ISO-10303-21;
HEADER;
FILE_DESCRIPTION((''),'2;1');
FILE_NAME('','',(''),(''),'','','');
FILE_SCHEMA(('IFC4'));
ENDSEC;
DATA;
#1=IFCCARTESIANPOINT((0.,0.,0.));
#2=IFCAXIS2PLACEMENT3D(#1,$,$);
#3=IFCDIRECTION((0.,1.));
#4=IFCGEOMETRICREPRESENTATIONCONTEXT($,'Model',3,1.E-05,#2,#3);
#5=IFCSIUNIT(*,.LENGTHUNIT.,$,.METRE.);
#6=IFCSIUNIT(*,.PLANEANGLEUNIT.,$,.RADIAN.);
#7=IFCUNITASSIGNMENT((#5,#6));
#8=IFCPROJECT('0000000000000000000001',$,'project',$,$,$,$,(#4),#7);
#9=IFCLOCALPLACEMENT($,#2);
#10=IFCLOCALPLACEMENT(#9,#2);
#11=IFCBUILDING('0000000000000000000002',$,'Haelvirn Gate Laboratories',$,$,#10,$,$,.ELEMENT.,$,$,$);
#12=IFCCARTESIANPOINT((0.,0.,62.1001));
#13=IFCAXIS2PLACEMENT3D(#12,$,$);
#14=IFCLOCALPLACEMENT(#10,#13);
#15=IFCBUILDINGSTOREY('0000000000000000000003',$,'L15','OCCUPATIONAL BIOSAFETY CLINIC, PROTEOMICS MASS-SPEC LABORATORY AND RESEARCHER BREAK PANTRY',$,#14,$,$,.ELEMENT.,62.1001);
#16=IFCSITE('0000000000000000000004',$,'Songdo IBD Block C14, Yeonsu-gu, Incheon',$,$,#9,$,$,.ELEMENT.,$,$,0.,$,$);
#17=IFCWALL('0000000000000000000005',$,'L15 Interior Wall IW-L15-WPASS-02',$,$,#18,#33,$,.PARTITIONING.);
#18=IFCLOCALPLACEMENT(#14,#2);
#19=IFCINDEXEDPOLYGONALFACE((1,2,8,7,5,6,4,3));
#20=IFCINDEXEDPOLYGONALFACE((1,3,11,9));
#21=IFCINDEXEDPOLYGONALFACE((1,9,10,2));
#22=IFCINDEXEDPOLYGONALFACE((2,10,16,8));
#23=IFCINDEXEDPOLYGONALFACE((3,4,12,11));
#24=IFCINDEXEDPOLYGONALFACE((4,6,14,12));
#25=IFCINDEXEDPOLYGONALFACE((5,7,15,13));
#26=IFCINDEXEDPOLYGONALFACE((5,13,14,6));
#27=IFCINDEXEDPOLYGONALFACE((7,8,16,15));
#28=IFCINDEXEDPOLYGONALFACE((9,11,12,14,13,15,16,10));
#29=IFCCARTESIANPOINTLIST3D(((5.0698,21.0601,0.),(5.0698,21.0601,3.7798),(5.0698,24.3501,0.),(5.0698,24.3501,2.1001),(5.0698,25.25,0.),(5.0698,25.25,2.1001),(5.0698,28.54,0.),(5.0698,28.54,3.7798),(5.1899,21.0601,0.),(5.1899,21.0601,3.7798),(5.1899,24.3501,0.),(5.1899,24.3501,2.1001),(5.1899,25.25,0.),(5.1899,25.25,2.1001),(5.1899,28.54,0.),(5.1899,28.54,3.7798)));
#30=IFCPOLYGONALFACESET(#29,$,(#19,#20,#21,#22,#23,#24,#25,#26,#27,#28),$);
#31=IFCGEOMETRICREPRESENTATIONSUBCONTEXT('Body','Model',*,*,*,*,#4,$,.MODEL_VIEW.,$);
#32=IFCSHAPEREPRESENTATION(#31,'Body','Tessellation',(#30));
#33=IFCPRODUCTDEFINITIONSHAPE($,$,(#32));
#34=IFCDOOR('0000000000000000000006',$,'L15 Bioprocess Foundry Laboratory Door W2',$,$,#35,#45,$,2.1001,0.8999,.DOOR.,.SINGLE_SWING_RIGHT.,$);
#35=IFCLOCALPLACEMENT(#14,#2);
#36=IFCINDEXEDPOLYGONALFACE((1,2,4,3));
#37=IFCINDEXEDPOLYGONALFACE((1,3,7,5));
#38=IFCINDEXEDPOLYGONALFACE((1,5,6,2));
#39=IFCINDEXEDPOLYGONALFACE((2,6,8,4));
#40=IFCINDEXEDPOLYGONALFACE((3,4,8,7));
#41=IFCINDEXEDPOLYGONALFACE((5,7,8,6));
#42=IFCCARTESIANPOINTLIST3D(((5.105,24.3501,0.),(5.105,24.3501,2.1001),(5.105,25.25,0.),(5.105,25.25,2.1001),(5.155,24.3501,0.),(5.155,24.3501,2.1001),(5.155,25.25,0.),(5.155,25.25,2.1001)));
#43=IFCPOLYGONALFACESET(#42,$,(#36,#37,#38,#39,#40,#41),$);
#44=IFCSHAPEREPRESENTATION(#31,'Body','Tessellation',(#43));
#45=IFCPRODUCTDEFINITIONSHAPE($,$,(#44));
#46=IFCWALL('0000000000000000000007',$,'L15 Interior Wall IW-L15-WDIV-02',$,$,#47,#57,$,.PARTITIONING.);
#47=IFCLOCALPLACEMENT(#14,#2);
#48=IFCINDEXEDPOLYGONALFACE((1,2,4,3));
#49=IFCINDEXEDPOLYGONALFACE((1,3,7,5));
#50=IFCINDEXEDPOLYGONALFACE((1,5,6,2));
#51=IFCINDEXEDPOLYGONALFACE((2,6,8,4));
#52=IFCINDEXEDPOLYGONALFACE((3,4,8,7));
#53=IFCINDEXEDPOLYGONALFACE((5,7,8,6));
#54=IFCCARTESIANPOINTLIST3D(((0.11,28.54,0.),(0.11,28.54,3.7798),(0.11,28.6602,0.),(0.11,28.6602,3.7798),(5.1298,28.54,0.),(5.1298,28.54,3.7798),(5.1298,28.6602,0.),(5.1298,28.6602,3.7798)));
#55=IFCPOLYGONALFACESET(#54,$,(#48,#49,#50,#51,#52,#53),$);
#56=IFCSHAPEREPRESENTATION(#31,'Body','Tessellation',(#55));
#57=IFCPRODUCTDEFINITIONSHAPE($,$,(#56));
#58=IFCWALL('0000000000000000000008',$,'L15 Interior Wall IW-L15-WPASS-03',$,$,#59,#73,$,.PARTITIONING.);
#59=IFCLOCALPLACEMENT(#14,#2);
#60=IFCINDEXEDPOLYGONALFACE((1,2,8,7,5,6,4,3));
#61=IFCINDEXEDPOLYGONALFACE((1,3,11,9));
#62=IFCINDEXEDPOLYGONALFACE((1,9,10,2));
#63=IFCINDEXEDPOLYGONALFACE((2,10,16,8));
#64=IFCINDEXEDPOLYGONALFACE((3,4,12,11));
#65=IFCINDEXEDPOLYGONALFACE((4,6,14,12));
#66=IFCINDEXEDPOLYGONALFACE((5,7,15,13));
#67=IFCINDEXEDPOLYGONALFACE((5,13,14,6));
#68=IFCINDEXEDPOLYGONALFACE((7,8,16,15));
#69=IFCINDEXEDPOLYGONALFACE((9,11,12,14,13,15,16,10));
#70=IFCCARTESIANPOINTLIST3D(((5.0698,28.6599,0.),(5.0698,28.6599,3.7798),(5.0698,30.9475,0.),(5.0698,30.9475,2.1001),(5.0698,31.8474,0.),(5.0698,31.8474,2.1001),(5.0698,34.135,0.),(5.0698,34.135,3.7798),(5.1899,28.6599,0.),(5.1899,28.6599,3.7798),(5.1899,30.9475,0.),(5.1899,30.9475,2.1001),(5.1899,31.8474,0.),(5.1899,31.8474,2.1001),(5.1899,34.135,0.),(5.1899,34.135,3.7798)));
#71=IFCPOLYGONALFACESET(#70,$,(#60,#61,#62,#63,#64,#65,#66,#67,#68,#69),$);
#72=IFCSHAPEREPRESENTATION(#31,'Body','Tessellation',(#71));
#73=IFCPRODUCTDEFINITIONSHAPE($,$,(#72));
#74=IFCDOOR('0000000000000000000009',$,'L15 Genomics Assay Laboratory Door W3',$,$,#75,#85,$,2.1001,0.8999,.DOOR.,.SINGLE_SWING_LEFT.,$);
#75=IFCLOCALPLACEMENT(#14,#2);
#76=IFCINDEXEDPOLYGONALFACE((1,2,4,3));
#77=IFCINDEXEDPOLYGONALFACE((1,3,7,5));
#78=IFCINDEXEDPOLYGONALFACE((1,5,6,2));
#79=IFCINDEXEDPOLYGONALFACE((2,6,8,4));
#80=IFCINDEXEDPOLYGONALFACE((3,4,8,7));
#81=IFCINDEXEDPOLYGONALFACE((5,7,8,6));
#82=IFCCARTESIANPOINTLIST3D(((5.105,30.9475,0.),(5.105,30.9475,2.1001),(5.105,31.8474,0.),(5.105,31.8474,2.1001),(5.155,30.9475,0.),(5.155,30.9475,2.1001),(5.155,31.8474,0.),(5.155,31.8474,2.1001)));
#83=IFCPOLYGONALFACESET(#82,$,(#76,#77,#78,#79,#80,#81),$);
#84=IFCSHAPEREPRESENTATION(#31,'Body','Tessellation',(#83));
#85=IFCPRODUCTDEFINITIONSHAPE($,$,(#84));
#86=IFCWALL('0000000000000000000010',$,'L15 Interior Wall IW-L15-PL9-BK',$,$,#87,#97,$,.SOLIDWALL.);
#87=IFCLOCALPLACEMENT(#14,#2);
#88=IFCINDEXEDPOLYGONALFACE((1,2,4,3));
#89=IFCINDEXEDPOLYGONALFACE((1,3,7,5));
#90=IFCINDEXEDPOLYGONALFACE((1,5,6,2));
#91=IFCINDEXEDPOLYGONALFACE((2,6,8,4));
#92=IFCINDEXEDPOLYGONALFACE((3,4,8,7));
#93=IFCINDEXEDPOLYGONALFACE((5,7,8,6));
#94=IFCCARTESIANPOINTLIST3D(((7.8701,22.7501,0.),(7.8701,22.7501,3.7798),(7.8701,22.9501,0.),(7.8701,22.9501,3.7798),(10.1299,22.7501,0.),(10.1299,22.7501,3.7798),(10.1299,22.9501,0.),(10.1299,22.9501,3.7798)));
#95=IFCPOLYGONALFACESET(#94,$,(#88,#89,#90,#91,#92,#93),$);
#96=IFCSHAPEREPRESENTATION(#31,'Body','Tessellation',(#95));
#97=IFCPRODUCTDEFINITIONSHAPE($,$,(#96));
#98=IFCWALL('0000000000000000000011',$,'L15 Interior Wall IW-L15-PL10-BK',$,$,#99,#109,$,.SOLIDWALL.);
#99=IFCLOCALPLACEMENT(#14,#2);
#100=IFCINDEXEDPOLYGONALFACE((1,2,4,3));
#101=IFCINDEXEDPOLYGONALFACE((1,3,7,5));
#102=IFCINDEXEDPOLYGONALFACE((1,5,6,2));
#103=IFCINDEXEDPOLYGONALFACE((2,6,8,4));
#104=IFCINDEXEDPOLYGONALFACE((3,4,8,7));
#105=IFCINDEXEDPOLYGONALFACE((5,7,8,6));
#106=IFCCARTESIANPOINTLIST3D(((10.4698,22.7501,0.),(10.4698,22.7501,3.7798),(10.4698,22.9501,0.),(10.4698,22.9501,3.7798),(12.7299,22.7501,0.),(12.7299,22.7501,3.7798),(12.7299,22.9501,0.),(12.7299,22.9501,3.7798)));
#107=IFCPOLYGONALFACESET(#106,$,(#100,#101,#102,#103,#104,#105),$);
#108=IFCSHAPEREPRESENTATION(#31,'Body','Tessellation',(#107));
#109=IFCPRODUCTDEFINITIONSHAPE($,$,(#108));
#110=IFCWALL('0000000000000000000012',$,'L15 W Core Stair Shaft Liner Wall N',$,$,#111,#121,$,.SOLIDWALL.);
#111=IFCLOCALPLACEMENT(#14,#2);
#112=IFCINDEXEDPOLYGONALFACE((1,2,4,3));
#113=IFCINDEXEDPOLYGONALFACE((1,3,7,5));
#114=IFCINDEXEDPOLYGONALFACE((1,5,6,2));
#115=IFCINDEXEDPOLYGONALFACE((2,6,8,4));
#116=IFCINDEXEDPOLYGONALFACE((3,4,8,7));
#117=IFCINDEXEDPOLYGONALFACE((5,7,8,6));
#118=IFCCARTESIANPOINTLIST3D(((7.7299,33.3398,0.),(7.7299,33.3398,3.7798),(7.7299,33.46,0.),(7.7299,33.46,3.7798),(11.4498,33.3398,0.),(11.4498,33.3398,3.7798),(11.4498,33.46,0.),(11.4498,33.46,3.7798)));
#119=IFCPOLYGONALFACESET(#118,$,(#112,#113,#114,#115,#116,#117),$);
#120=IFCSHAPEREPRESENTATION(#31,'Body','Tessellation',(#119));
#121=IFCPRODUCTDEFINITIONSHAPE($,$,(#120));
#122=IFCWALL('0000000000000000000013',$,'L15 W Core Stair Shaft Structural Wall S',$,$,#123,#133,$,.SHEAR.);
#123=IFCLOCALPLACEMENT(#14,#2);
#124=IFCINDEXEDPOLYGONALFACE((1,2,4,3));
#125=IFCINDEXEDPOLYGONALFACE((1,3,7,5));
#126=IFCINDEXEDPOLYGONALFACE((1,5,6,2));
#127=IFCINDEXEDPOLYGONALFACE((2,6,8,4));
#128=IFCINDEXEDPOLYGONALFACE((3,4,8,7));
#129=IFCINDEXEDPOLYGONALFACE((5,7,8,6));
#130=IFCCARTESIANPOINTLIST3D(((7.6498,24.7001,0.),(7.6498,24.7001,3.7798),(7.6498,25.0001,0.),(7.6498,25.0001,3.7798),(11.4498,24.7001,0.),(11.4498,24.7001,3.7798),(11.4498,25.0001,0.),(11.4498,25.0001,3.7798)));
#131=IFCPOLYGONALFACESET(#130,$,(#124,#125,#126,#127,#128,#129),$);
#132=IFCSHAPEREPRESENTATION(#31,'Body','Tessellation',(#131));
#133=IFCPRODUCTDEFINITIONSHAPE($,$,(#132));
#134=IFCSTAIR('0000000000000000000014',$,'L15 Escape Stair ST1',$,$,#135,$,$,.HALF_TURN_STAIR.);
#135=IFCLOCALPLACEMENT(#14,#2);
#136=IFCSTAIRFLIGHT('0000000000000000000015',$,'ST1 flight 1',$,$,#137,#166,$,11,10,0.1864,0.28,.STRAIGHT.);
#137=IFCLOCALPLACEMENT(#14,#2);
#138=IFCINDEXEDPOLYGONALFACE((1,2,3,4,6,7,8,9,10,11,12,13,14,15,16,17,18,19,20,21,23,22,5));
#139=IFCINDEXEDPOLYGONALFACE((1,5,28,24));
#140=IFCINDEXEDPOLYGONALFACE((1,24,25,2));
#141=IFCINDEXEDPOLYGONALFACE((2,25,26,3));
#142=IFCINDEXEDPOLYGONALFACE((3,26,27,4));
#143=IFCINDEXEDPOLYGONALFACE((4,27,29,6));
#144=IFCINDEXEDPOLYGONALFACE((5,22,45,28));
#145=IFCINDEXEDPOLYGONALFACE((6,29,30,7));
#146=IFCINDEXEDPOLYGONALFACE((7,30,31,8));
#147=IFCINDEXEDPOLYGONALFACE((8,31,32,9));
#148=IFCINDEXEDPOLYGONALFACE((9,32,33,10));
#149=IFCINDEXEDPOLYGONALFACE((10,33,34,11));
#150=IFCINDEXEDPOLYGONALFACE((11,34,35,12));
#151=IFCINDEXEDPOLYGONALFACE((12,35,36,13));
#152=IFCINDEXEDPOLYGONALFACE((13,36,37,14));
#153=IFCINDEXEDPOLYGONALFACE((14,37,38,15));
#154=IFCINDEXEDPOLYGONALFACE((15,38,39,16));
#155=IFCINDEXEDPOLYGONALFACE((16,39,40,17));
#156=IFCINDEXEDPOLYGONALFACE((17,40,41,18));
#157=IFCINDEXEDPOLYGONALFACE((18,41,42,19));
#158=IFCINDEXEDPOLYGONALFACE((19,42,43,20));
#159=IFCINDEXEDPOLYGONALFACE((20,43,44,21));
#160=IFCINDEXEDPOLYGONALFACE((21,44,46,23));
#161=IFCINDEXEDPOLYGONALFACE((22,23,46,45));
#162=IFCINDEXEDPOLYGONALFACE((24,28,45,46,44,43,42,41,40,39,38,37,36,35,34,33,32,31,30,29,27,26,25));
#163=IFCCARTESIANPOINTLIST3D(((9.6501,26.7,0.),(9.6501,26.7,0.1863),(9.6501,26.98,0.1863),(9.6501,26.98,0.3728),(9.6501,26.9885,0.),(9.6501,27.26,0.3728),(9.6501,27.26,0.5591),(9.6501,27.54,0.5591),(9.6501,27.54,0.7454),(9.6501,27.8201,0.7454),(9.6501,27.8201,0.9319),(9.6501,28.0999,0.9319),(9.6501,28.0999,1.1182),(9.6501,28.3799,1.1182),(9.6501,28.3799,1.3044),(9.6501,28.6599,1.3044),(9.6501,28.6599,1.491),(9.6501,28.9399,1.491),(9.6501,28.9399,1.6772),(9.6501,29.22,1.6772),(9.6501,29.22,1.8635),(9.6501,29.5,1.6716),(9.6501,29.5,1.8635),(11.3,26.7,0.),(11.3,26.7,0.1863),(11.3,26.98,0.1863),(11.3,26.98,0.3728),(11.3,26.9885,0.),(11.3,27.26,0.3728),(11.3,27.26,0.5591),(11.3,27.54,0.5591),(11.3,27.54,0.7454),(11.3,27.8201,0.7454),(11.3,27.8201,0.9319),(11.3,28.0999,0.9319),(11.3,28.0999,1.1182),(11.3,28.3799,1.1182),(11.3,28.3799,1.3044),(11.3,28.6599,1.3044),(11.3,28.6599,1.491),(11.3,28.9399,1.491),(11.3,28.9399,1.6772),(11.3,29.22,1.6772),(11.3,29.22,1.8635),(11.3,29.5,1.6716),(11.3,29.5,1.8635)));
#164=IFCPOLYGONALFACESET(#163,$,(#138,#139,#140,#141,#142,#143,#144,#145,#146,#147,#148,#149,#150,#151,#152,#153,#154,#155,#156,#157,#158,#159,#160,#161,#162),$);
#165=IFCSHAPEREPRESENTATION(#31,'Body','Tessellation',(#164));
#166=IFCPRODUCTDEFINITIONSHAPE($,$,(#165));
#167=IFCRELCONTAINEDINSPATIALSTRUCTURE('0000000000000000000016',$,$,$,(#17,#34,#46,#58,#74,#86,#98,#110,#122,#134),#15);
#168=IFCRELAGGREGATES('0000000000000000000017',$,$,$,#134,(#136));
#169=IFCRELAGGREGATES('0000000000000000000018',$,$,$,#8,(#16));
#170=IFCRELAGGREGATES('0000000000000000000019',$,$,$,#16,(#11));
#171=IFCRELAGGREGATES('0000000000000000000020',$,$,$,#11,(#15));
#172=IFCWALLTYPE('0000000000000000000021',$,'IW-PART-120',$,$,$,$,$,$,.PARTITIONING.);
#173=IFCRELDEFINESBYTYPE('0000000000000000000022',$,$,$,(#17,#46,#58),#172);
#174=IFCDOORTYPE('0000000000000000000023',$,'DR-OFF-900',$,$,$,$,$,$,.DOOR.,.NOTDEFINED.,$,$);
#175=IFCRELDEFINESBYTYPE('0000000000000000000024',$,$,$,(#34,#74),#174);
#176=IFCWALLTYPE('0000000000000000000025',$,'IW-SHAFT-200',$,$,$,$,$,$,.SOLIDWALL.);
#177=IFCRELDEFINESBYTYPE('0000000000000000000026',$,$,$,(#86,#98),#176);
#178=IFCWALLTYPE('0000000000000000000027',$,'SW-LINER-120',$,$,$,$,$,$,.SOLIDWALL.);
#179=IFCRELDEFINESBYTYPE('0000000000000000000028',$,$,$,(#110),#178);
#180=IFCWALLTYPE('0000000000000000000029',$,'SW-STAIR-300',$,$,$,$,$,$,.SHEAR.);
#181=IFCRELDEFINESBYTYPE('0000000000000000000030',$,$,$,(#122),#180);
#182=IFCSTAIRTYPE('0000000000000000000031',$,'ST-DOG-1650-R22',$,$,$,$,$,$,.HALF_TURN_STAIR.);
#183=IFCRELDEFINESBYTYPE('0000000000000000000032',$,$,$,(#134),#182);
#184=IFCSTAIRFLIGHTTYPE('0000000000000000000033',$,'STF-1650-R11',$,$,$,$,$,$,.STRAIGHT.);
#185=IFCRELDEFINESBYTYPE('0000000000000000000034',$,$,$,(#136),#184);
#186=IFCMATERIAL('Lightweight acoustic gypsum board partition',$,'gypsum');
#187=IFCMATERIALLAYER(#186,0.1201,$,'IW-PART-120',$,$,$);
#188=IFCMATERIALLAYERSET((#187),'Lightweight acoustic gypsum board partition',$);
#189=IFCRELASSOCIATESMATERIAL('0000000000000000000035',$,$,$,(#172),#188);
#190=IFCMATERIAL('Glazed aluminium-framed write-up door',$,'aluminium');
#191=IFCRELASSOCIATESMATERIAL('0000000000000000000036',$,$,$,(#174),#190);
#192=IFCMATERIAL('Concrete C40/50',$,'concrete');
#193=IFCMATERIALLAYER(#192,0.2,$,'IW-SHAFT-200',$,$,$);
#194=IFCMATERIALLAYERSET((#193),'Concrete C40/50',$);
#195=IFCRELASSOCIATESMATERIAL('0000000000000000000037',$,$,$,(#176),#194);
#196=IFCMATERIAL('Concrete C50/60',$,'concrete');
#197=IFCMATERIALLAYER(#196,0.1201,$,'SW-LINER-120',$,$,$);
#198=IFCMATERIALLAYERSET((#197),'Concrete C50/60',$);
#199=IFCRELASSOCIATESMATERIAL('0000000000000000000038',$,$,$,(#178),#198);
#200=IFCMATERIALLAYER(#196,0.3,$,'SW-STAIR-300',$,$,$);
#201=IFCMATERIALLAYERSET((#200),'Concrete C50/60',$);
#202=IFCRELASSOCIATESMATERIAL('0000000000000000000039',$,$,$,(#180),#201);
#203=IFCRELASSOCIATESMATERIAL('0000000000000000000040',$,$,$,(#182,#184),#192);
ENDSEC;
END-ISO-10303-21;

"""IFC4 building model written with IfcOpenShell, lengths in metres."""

from ifc_helpers import new_model, si_unit, direction, frame, frame_2d, origin, place, context, subcontext, project, spatial, polyline, rectangle, outline, extrude, source, transform, mapped, material, layer, layer_set, type_object, type_shapes, element, fill, aggregate, save


model = new_model("IFC4")

# Units and contexts
model_context = context("Model", 3, precision=1e-05, world=origin(), true_north=direction((0.0, 1.0)))
body_context = subcontext(model_context, "Body", "Model", "MODEL_VIEW")
ifc_project = project(units=[si_unit("LENGTHUNIT", "METRE"), si_unit("PLANEANGLEUNIT", "RADIAN")], contexts=[model_context])

# Site, building, storey
site_placement = place(None, origin())
site = spatial("IfcSite", under=ifc_project, at=site_placement, Name="Songdo IBD Block C14, Yeonsu-gu, Incheon", CompositionType="ELEMENT", RefElevation=0.0)
building_placement = place(site_placement, origin())
building = spatial("IfcBuilding", under=site, at=building_placement, Name="Haelvirn Gate Laboratories", CompositionType="ELEMENT")
storey_placement = place(building_placement, frame((0.0, 0.0, 62.1001)))
storey = spatial("IfcBuildingStorey", under=building, at=storey_placement, Name="L15", Description="OCCUPATIONAL BIOSAFETY CLINIC, PROTEOMICS MASS-SPEC LABORATORY AND RESEARCHER BREAK PANTRY", CompositionType="ELEMENT", Elevation=62.1001)

# Shared definitions
ifc_material_1 = material(Name="Lightweight acoustic gypsum board partition", Category="gypsum")
ifc_layer_1 = layer(ifc_material_1, 0.1201, Name="IW-PART-120")
ifc_layer_set_1 = layer_set([ifc_layer_1], Name="Lightweight acoustic gypsum board partition")
wall_type_1 = type_object("IfcWallType", Name="IW-PART-120", PredefinedType="PARTITIONING", material=ifc_layer_set_1)

# Wall, opening, door
wall_1_placement = place(storey_placement, frame((5.1299, 21.0601, 0.0), z_axis=(0.0, 0.0, 1.0), x_axis=(0.0, 1.0, 0.0)))
wall_1 = element("IfcWall", 1, at=wall_1_placement, inside=storey, type_object=wall_type_1, Name="L15 Interior Wall IW-L15-WPASS-02", PredefinedType="PARTITIONING", context=body_context, shape_type="SweptSolid", body=[
    extrude(rectangle(XDim=7.48, YDim=0.1201, at=frame_2d((3.74, 0.0))), origin(), (0.0, 0.0, 1.0), 3.7798),
])
opening_1_placement = place(wall_1_placement, frame((3.29, 0.0, 0.0)))
opening_1 = element("IfcOpeningElement", 2, at=opening_1_placement, cuts=wall_1, PredefinedType="OPENING", context=body_context, shape_type="SweptSolid", body=[
    extrude(rectangle(XDim=0.8999, YDim=2.1001, at=frame_2d((0.45, 1.05))), frame((0.0, 0.0701, 0.0), z_axis=(0.0, -1.0, 0.0), x_axis=(1.0, 0.0, 0.0)), (0.0, 0.0, 1.0), 0.1401),
])
ifc_material_2 = material(Name="Glazed aluminium-framed write-up door", Category="aluminium")
door_type_1 = type_object("IfcDoorType", Name="DR-OFF-900", OperationType="NOTDEFINED", PredefinedType="DOOR", material=ifc_material_2)
shared_shape_1 = source(origin(), body_context, "Body", "SweptSolid", [
    extrude(rectangle(XDim=0.8999, YDim=2.1001, at=frame_2d((0.45, 1.05))), frame((0.0, 0.0249, 0.0), z_axis=(0.0, -1.0, 0.0), x_axis=(1.0, 0.0, 0.0)), (0.0, 0.0, 1.0), 0.05),
])
type_shapes(door_type_1, [shared_shape_1])
door_1_placement = place(opening_1_placement, origin())
door_1 = element("IfcDoor", 3, at=door_1_placement, inside=storey, type_object=door_type_1, Name="L15 Bioprocess Foundry Laboratory Door W2", OperationType="SINGLE_SWING_RIGHT", OverallHeight=2.1001, OverallWidth=0.8999, PredefinedType="DOOR", context=body_context, shape_type="MappedRepresentation", body=[
    mapped(shared_shape_1, transform((0.0, 0.0, 0.0), scale=1.0)),
])
fill(opening_1, door_1)

# Wall
wall_2_placement = place(storey_placement, frame((0.1101, 28.6001, 0.0), z_axis=(0.0, 0.0, 1.0), x_axis=(1.0, 0.0, 0.0)))
element("IfcWall", 4, at=wall_2_placement, inside=storey, type_object=wall_type_1, Name="L15 Interior Wall IW-L15-WDIV-02", PredefinedType="PARTITIONING", context=body_context, shape_type="SweptSolid", body=[
    extrude(rectangle(XDim=5.0198, YDim=0.1201, at=frame_2d((2.5098, 0.0))), origin(), (0.0, 0.0, 1.0), 3.7798),
])

# Wall, opening, door
wall_3_placement = place(storey_placement, frame((5.1299, 28.6599, 0.0), z_axis=(0.0, 0.0, 1.0), x_axis=(0.0, 1.0, 0.0)))
wall_3 = element("IfcWall", 5, at=wall_3_placement, inside=storey, type_object=wall_type_1, Name="L15 Interior Wall IW-L15-WPASS-03", PredefinedType="PARTITIONING", context=body_context, shape_type="SweptSolid", body=[
    extrude(rectangle(XDim=5.4751, YDim=0.1201, at=frame_2d((2.7375, 0.0))), origin(), (0.0, 0.0, 1.0), 3.7798),
])
opening_2_placement = place(wall_3_placement, frame((2.2876, 0.0, 0.0)))
opening_2 = element("IfcOpeningElement", 6, at=opening_2_placement, cuts=wall_3, PredefinedType="OPENING", context=body_context, shape_type="SweptSolid", body=[
    extrude(rectangle(XDim=0.8999, YDim=2.1001, at=frame_2d((0.45, 1.05))), frame((0.0, 0.0701, 0.0), z_axis=(0.0, -1.0, 0.0), x_axis=(1.0, 0.0, 0.0)), (0.0, 0.0, 1.0), 0.1401),
])
door_2_placement = place(opening_2_placement, origin())
door_2 = element("IfcDoor", 7, at=door_2_placement, inside=storey, type_object=door_type_1, Name="L15 Genomics Assay Laboratory Door W3", OperationType="SINGLE_SWING_LEFT", OverallHeight=2.1001, OverallWidth=0.8999, PredefinedType="DOOR", context=body_context, shape_type="MappedRepresentation", body=[
    mapped(shared_shape_1, transform((0.0, 0.0, 0.0), scale=1.0)),
])
fill(opening_2, door_2)

# Walls
ifc_material_3 = material(Name="Concrete C40/50", Category="concrete")
ifc_layer_2 = layer(ifc_material_3, 0.2, Name="IW-SHAFT-200")
ifc_layer_set_2 = layer_set([ifc_layer_2], Name="Concrete C40/50")
wall_type_2 = type_object("IfcWallType", Name="IW-SHAFT-200", PredefinedType="SOLIDWALL", material=ifc_layer_set_2)
wall_4_placement = place(storey_placement, frame((7.8701, 22.8501, 0.0), z_axis=(0.0, 0.0, 1.0), x_axis=(1.0, 0.0, 0.0)))
element("IfcWall", 8, at=wall_4_placement, inside=storey, type_object=wall_type_2, Name="L15 Interior Wall IW-L15-PL9-BK", PredefinedType="SOLIDWALL", context=body_context, shape_type="SweptSolid", body=[
    extrude(rectangle(XDim=2.2598, YDim=0.2, at=frame_2d((1.1299, 0.0))), origin(), (0.0, 0.0, 1.0), 3.7798),
])
wall_5_placement = place(storey_placement, frame((10.47, 22.8501, 0.0), z_axis=(0.0, 0.0, 1.0), x_axis=(1.0, 0.0, 0.0)))
element("IfcWall", 9, at=wall_5_placement, inside=storey, type_object=wall_type_2, Name="L15 Interior Wall IW-L15-PL10-BK", PredefinedType="SOLIDWALL", context=body_context, shape_type="SweptSolid", body=[
    extrude(rectangle(XDim=2.26, YDim=0.2, at=frame_2d((1.1299, 0.0))), origin(), (0.0, 0.0, 1.0), 3.7798),
])

# Walls
ifc_material_4 = material(Name="Concrete C50/60", Category="concrete")
ifc_layer_3 = layer(ifc_material_4, 0.1201, Name="SW-LINER-120")
ifc_layer_set_3 = layer_set([ifc_layer_3], Name="Concrete C50/60")
wall_type_3 = type_object("IfcWallType", Name="SW-LINER-120", PredefinedType="SOLIDWALL", material=ifc_layer_set_3)
wall_6_placement = place(storey_placement, frame((7.73, 33.3999, 0.0), z_axis=(0.0, 0.0, 1.0), x_axis=(1.0, 0.0, 0.0)))
element("IfcWall", 10, at=wall_6_placement, inside=storey, type_object=wall_type_3, Name="L15 W Core Stair Shaft Liner Wall N", PredefinedType="SOLIDWALL", context=body_context, shape_type="SweptSolid", body=[
    extrude(rectangle(XDim=3.72, YDim=0.1201, at=frame_2d((1.8599, 0.0))), origin(), (0.0, 0.0, 1.0), 3.7798),
])
ifc_layer_4 = layer(ifc_material_4, 0.3, Name="SW-STAIR-300")
ifc_layer_set_4 = layer_set([ifc_layer_4], Name="Concrete C50/60")
wall_type_4 = type_object("IfcWallType", Name="SW-STAIR-300", PredefinedType="SHEAR", material=ifc_layer_set_4)
wall_7_placement = place(storey_placement, frame((7.6499, 24.8501, 0.0), z_axis=(0.0, 0.0, 1.0), x_axis=(1.0, 0.0, 0.0)))
element("IfcWall", 11, at=wall_7_placement, inside=storey, type_object=wall_type_4, Name="L15 W Core Stair Shaft Structural Wall S", PredefinedType="SHEAR", context=body_context, shape_type="SweptSolid", body=[
    extrude(rectangle(XDim=3.8, YDim=0.3, at=frame_2d((1.8999, 0.0))), origin(), (0.0, 0.0, 1.0), 3.7798),
])

# Stair, stair flight
stair_type = type_object("IfcStairType", Name="ST-DOG-1650-R22", PredefinedType="HALF_TURN_STAIR", material=ifc_material_3)
stair_placement = place(storey_placement, origin())
stair = element("IfcStair", 12, at=stair_placement, inside=storey, type_object=stair_type, Name="L15 Escape Stair ST1", PredefinedType="HALF_TURN_STAIR")
stair_flight_type = type_object("IfcStairFlightType", Name="STF-1650-R11", PredefinedType="STRAIGHT", material=ifc_material_3)
shared_shape_2 = source(origin(), body_context, "Body", "SweptSolid", [
    extrude(outline(polyline([(0.0, 0.0), (0.0, 0.1863), (0.28, 0.1863), (0.28, 0.3728), (0.5601, 0.3728), (0.5601, 0.5591), (0.8401, 0.5591), (0.8401, 0.7454), (1.1201, 0.7454), (1.1201, 0.9319), (1.3999, 0.9319), (1.3999, 1.1182), (1.6799, 1.1182), (1.6799, 1.3044), (1.96, 1.3044), (1.96, 1.491), (2.24, 1.491), (2.24, 1.6772), (2.52, 1.6772), (2.52, 1.8635), (2.8, 1.8635), (2.8, 2.05), (2.8, 1.6716), (0.2886, 0.0), (0.0, 0.0)])), frame((0.0, 0.825, 0.0), z_axis=(0.0, -1.0, 0.0), x_axis=(1.0, 0.0, 0.0)), (0.0, 0.0, 1.0), 1.6499),
])
type_shapes(stair_flight_type, [shared_shape_2])
stair_flight_1_placement = place(storey_placement, frame((10.4751, 26.7, 0.0), z_axis=(0.0, 0.0, 1.0), x_axis=(0.0, 1.0, 0.0)))
stair_flight_1 = element("IfcStairFlight", 13, at=stair_flight_1_placement, type_object=stair_flight_type, Name="ST1 flight 1", NumberOfRisers=11, NumberOfTreads=10, PredefinedType="STRAIGHT", RiserHeight=0.1864, TreadLength=0.28, context=body_context, shape_type="MappedRepresentation", body=[
    mapped(shared_shape_2, transform((0.0, 0.0, 0.0), scale=1.0)),
])
aggregate(stair, [stair_flight_1])

save(model, "model.ifc")
